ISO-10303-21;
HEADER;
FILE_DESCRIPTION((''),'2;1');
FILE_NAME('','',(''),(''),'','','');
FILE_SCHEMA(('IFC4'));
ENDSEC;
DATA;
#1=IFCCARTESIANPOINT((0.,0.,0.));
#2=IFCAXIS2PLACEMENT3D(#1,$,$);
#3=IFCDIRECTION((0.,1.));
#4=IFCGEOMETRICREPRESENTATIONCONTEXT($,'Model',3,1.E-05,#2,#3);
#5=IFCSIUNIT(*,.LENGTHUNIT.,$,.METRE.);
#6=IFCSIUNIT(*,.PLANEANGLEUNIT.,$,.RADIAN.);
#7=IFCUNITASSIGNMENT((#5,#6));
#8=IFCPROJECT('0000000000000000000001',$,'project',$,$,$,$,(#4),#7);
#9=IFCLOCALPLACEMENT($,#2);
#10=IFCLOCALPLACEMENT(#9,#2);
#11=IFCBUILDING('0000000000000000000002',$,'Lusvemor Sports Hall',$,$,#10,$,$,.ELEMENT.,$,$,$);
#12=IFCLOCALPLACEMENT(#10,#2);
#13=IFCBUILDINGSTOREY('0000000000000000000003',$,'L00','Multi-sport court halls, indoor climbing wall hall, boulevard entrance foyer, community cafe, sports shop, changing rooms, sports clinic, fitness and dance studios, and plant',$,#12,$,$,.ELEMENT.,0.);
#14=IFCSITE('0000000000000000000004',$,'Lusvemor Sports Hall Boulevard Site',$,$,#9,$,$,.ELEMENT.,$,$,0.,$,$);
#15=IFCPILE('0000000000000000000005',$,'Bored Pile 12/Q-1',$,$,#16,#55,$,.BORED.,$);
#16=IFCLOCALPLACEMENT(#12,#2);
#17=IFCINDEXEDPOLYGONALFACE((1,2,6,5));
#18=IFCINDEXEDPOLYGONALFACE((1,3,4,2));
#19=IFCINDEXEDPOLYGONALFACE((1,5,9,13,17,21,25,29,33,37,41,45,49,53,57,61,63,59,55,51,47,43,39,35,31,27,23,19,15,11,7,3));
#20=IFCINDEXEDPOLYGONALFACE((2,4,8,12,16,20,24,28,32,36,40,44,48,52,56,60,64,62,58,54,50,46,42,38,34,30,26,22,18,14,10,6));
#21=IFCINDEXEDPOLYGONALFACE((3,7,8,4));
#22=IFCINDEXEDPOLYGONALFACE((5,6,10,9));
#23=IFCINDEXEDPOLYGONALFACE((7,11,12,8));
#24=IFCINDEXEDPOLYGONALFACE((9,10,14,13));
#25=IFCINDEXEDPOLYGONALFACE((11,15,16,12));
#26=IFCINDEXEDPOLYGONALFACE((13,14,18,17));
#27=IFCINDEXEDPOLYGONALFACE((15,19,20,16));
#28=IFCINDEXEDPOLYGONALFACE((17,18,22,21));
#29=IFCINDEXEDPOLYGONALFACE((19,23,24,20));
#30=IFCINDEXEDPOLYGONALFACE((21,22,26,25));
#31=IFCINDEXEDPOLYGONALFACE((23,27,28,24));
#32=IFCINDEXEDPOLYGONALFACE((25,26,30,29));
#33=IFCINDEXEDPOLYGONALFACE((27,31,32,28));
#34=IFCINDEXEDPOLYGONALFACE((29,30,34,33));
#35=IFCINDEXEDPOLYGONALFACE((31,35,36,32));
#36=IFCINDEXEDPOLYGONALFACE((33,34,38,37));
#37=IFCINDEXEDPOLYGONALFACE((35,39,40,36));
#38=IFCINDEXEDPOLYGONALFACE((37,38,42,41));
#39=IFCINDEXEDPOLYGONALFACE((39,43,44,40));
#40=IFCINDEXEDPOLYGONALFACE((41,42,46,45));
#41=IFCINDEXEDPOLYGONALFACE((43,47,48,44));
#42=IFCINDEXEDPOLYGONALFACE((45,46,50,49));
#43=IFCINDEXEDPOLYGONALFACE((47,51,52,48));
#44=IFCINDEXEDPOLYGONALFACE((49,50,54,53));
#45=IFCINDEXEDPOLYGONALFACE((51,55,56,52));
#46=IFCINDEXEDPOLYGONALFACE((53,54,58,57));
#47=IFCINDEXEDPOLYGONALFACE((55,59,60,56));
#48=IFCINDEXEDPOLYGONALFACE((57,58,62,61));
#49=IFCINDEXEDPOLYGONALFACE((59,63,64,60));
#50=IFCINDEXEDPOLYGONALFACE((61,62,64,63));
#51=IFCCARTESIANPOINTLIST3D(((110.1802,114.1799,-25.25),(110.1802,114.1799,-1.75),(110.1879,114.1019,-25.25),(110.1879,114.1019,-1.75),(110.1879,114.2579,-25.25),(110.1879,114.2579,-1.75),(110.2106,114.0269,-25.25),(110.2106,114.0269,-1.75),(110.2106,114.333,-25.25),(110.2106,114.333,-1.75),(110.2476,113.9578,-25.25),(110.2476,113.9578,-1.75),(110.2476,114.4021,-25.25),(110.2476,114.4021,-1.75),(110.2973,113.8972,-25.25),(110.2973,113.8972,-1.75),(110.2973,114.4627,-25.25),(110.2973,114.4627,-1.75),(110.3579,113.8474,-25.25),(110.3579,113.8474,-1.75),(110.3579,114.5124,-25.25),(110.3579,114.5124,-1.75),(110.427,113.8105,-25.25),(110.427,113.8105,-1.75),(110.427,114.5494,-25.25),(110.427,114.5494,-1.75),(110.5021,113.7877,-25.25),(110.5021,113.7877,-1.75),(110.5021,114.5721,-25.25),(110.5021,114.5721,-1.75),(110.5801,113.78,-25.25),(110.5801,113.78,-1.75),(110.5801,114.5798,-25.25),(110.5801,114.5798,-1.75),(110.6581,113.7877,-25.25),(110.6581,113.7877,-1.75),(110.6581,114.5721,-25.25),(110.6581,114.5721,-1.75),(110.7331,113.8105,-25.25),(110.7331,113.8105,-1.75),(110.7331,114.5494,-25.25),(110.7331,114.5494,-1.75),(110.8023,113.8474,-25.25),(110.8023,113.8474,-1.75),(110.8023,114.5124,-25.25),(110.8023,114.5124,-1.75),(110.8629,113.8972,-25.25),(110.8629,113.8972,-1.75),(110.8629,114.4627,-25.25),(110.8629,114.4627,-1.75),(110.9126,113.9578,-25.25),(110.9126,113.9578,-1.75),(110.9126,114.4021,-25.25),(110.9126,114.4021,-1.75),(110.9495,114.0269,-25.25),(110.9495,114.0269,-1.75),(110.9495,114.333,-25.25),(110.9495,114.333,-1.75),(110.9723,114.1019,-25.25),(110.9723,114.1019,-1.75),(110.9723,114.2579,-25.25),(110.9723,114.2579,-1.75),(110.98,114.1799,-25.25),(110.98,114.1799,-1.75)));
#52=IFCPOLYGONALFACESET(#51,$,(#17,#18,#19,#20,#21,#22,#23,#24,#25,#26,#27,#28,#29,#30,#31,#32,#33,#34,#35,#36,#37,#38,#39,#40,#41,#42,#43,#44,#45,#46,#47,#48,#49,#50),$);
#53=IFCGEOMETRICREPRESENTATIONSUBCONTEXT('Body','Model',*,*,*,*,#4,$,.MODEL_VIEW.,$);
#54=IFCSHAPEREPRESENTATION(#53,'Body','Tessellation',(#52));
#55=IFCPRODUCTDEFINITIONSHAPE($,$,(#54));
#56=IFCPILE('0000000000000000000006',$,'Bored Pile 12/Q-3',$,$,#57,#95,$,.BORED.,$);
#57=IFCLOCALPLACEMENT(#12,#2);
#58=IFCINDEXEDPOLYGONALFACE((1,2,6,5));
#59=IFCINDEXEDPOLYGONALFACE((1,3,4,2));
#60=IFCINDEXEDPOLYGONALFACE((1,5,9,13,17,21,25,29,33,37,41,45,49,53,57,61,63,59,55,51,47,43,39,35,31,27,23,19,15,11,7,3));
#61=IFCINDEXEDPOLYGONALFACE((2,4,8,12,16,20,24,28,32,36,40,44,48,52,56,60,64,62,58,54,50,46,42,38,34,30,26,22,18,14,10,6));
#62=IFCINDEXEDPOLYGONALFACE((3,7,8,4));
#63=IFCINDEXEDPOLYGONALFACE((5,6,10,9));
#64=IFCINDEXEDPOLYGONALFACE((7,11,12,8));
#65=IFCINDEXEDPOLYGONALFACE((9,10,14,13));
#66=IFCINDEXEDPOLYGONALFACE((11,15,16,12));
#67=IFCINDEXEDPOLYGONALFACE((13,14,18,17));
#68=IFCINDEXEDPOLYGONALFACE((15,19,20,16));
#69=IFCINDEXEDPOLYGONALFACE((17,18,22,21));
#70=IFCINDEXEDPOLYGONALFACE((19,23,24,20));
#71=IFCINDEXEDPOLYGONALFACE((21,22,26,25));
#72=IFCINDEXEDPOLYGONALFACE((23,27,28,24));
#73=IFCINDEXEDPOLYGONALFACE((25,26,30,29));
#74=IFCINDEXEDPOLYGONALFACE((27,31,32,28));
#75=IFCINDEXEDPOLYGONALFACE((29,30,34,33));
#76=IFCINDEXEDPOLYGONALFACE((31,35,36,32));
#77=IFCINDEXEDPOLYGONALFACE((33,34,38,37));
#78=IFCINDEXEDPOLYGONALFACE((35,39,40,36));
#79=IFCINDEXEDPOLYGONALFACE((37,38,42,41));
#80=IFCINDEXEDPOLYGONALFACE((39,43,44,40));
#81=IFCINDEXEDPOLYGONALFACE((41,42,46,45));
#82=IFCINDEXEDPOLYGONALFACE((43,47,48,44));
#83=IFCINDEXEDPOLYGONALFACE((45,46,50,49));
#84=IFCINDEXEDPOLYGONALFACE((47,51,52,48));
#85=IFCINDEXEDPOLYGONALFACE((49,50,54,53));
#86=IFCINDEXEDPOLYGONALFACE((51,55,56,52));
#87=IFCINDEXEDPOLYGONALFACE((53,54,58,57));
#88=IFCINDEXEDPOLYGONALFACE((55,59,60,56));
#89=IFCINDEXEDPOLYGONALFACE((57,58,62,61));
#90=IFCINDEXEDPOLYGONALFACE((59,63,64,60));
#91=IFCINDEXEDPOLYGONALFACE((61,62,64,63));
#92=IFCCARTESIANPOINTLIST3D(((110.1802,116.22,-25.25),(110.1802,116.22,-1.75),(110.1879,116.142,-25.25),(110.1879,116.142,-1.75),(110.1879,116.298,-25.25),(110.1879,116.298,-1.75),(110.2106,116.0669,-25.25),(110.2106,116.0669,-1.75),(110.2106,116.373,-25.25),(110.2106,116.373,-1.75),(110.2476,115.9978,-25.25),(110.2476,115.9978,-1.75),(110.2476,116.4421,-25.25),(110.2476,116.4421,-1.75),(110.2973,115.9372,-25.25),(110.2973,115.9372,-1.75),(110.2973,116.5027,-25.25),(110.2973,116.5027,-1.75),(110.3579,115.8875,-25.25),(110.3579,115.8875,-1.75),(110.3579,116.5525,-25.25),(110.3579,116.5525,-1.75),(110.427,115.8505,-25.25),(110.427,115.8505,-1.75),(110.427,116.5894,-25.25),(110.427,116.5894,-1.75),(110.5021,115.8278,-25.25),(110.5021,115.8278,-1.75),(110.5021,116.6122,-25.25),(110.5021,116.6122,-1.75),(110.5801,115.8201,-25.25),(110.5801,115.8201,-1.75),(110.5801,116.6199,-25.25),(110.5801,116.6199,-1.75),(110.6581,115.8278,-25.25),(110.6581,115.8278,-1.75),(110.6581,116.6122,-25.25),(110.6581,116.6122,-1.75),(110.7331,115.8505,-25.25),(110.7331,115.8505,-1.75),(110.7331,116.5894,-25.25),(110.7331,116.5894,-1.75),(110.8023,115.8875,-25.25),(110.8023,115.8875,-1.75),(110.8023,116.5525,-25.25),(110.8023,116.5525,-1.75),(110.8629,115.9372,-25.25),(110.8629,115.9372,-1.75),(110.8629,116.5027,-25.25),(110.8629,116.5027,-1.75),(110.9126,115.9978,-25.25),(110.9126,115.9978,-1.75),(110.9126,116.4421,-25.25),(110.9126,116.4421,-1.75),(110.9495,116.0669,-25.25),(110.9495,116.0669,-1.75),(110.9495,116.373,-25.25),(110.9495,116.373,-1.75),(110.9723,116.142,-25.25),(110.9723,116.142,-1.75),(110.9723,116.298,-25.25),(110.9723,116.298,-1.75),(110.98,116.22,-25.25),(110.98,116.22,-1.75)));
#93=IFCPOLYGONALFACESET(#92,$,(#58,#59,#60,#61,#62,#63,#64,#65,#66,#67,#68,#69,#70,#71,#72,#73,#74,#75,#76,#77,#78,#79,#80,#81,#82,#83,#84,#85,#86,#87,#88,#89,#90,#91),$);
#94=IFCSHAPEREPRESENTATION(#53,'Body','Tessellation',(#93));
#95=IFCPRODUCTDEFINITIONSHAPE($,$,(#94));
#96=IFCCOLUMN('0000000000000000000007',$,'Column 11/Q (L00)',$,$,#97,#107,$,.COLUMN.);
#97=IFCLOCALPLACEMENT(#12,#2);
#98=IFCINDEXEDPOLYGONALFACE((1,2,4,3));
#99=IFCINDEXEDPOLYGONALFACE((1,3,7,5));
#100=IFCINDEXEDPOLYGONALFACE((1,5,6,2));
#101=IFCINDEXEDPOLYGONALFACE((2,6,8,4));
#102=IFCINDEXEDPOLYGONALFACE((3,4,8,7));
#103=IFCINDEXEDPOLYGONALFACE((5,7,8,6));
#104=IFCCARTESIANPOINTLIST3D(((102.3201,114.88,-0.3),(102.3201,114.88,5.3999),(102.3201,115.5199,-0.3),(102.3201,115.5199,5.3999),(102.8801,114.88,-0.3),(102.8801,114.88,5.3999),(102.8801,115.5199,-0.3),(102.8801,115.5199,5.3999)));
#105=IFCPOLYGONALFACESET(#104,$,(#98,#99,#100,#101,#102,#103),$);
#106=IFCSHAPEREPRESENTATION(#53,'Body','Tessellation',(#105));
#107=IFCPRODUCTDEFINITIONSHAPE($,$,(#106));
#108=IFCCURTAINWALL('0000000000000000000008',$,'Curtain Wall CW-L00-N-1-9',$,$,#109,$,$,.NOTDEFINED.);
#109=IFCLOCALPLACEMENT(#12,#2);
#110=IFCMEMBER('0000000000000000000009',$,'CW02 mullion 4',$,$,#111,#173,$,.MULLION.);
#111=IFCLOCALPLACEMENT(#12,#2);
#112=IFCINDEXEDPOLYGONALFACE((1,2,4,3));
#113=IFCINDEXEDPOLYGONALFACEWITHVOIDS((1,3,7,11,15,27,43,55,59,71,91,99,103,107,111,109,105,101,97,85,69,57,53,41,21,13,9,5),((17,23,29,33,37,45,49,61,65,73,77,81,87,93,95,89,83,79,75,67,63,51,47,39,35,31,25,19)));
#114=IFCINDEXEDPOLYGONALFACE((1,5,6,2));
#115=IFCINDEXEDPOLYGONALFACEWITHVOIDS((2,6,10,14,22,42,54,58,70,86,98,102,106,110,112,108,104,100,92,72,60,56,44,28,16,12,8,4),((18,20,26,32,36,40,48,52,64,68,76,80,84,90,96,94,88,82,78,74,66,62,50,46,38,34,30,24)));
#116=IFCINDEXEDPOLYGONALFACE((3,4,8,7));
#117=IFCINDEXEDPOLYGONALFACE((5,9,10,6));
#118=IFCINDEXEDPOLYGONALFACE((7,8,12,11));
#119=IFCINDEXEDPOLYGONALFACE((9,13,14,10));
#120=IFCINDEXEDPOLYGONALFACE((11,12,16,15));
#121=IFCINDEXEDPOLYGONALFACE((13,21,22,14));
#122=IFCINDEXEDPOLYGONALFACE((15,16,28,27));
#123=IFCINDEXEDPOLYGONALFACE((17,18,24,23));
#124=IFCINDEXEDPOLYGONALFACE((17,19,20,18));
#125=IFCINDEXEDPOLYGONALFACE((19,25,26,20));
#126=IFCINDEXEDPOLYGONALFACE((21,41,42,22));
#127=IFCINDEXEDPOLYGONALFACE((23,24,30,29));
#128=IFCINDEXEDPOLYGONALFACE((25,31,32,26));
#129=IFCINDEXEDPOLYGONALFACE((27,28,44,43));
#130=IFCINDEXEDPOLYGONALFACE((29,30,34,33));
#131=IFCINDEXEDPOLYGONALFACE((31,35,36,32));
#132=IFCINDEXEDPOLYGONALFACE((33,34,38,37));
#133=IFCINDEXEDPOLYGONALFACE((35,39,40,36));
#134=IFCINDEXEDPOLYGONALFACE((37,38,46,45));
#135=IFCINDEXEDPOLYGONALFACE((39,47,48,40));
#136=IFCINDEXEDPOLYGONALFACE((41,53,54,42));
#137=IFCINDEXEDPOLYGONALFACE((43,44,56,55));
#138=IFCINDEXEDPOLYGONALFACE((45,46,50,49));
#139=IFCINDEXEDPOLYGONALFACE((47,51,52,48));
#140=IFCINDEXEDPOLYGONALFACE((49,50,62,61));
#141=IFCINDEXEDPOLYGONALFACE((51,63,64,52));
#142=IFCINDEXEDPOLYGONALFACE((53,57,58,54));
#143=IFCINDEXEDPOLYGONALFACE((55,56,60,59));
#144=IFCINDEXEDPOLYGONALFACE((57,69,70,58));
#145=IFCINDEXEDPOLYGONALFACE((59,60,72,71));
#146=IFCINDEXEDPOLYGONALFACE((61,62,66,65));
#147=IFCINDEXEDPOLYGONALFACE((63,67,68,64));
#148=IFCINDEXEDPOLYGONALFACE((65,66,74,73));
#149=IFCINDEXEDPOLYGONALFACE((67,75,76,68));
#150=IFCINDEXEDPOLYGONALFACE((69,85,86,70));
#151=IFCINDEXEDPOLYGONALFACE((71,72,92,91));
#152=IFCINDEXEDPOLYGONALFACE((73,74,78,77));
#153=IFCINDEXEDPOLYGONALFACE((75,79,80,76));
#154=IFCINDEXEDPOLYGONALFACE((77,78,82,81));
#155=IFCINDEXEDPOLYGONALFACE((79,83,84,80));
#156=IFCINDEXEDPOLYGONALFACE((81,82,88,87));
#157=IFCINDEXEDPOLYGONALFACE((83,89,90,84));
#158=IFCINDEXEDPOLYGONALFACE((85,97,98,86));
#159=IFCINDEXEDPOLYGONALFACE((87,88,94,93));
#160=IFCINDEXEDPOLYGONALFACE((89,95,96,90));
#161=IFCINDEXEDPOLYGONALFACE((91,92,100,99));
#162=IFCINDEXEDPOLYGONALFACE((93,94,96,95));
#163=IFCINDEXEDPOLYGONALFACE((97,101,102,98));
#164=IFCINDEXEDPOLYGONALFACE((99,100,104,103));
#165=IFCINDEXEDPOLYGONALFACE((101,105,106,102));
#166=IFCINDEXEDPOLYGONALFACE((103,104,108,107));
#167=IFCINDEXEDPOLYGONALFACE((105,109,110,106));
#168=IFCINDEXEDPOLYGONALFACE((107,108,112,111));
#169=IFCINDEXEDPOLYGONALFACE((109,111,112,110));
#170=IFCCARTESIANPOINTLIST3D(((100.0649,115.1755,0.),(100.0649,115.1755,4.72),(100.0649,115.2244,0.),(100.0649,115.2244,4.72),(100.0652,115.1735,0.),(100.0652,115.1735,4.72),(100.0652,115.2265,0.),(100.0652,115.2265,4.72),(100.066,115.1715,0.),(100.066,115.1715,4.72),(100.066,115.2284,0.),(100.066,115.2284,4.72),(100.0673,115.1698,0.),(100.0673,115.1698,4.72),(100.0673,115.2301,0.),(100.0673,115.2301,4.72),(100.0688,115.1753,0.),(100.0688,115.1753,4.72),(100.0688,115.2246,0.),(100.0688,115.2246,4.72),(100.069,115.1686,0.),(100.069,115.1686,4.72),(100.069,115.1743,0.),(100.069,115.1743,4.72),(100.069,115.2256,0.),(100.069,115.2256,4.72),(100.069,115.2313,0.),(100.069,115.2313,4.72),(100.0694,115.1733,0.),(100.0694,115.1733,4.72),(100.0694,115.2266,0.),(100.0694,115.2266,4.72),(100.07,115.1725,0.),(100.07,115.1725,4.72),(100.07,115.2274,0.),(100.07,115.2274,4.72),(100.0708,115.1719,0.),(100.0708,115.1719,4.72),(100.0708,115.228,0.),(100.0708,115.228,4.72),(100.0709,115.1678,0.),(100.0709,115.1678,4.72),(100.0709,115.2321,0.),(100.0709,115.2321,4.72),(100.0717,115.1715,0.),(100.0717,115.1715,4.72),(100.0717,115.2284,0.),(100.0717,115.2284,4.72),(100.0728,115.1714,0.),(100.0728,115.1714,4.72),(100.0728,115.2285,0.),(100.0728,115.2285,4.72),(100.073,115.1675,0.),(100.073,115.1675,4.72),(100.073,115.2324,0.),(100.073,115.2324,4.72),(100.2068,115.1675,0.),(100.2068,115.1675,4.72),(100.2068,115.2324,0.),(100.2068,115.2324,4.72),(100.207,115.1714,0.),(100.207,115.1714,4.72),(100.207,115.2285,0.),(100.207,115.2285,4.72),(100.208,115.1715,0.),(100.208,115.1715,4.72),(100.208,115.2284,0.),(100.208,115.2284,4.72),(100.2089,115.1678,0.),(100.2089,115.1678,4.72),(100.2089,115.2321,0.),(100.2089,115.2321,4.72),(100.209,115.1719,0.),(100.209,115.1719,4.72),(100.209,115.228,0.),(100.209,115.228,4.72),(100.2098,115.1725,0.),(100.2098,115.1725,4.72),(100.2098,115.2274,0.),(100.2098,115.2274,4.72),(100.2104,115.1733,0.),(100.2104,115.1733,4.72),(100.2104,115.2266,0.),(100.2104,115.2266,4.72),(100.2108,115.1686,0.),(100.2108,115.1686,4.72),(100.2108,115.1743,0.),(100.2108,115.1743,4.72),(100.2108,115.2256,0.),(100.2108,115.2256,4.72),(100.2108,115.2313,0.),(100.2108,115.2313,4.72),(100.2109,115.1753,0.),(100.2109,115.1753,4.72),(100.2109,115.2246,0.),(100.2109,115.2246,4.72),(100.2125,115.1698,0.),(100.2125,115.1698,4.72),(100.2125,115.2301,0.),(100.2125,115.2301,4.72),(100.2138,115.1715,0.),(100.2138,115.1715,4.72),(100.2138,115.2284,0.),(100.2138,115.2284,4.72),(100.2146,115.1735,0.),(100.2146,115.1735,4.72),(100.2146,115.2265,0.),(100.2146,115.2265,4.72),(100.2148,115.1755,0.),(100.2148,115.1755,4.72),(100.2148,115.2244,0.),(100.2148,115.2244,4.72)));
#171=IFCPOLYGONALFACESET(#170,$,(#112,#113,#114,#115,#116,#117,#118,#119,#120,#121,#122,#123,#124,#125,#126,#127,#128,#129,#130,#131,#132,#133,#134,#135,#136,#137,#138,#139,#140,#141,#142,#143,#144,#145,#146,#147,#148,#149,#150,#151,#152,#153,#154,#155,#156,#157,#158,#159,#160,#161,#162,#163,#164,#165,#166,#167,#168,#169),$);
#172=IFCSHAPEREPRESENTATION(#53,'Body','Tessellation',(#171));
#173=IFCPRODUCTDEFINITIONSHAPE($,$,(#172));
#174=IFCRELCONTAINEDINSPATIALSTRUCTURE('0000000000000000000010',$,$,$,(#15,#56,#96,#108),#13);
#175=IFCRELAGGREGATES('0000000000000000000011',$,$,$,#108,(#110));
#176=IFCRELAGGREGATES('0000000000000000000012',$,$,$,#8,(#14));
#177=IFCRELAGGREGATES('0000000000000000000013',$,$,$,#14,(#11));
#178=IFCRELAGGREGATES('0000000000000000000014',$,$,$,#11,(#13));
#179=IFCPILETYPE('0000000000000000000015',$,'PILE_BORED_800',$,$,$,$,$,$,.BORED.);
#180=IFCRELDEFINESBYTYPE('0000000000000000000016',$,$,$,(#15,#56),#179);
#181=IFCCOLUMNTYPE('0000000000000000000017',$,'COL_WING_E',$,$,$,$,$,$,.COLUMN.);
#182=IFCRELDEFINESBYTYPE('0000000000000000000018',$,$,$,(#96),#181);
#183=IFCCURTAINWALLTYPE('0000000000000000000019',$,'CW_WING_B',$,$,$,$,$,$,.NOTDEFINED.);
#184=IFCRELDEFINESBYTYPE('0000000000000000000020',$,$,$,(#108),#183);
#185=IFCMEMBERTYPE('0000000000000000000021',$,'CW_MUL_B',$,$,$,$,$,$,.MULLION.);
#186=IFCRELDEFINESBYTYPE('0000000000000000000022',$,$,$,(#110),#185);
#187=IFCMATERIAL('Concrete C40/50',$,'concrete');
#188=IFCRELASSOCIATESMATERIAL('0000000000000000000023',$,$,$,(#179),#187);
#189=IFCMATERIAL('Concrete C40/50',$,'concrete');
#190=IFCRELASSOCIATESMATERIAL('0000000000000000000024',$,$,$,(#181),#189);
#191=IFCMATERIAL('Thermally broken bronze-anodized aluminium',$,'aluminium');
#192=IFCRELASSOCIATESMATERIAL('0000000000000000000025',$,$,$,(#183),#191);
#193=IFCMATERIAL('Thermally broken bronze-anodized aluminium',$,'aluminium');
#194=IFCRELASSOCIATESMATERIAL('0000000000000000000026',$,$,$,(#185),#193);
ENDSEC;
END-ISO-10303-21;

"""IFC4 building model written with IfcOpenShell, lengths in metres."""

from ifc_helpers import new_model, si_unit, direction, frame, origin, origin_2d, place, context, subcontext, project, spatial, rectangle, hollow_rectangle, circle, extrude, material, material_profile, profile_set, type_object, element, aggregate, save


model = new_model("IFC4")

# Units and contexts
model_context = context("Model", 3, precision=1e-05, world=origin(), true_north=direction((0.0, 1.0)))
body_context = subcontext(model_context, "Body", "Model", "MODEL_VIEW")
ifc_project = project(units=[si_unit("LENGTHUNIT", "METRE"), si_unit("PLANEANGLEUNIT", "RADIAN")], contexts=[model_context])

# Site, building, storey
site_placement = place(None, origin())
site = spatial("IfcSite", under=ifc_project, at=site_placement, Name="Lusvemor Sports Hall Boulevard Site", CompositionType="ELEMENT", RefElevation=0.0)
building_placement = place(site_placement, origin())
building = spatial("IfcBuilding", under=site, at=building_placement, Name="Lusvemor Sports Hall", CompositionType="ELEMENT")
storey_placement = place(building_placement, origin())
storey = spatial("IfcBuildingStorey", under=building, at=storey_placement, Name="L00", Description="Multi-sport court halls, indoor climbing wall hall, boulevard entrance foyer, community cafe, sports shop, changing rooms, sports clinic, fitness and dance studios, and plant", CompositionType="ELEMENT", Elevation=0.0)

# Piles
ifc_material_1 = material(Name="Concrete C40/50", Category="concrete")
ifc_material_profile_1 = material_profile(ifc_material_1, circle(Radius=0.3999, at=origin_2d()), Name="PILE800")
ifc_profile_set_1 = profile_set([ifc_material_profile_1], Name="Concrete C40/50")
pile_type = type_object("IfcPileType", Name="PILE_BORED_800", PredefinedType="BORED", material=ifc_profile_set_1)
for number, where, z_axis, x_axis, name in (
    (1, (110.5801, 114.1799, -1.75), (0.0, 0.0, -1.0), (1.0, 0.0, 0.0), "Bored Pile 12/Q-1"),
    (2, (110.5801, 116.22, -1.75), (0.0, 0.0, -1.0), (1.0, 0.0, 0.0), "Bored Pile 12/Q-3"),
):
    element("IfcPile", number, at=place(storey_placement, frame(where, z_axis=z_axis, x_axis=x_axis)), inside=storey, type_object=pile_type, Name=name, PredefinedType="BORED", context=body_context, shape_type="SweptSolid", body=[
        extrude(circle(Radius=0.3999, at=origin_2d()), origin(), (0.0, 0.0, 1.0), 23.5),
    ])

# Column
ifc_material_2 = material(Name="Concrete C40/50", Category="concrete")
ifc_material_profile_2 = material_profile(ifc_material_2, rectangle(XDim=0.5601, YDim=0.6399, at=origin_2d()), Name="RC560x640")
ifc_profile_set_2 = profile_set([ifc_material_profile_2], Name="Concrete C40/50")
column_type = type_object("IfcColumnType", Name="COL_WING_E", PredefinedType="COLUMN", material=ifc_profile_set_2)
column_placement = place(storey_placement, frame((102.6001, 115.2, -0.3), z_axis=(0.0, 0.0, 1.0), x_axis=(1.0, 0.0, 0.0)))
element("IfcColumn", 3, at=column_placement, inside=storey, type_object=column_type, Name="Column 11/Q (L00)", PredefinedType="COLUMN", context=body_context, shape_type="SweptSolid", body=[
    extrude(rectangle(XDim=0.5601, YDim=0.6399, at=origin_2d()), origin(), (0.0, 0.0, 1.0), 5.7),
])

# Curtain wall, member
ifc_material_3 = material(Name="Thermally broken bronze-anodized aluminium", Category="aluminium")
curtain_wall_type = type_object("IfcCurtainWallType", Name="CW_WING_B", PredefinedType="NOTDEFINED", material=ifc_material_3)
curtain_wall_placement = place(storey_placement, origin())
curtain_wall = element("IfcCurtainWall", 4, at=curtain_wall_placement, inside=storey, type_object=curtain_wall_type, Name="Curtain Wall CW-L00-N-1-9", PredefinedType="NOTDEFINED")
ifc_material_4 = material(Name="Thermally broken bronze-anodized aluminium", Category="aluminium")
ifc_material_profile_3 = material_profile(ifc_material_4, hollow_rectangle(XDim=0.0649, YDim=0.1499, WallThickness=0.0039, InnerFilletRadius=0.0039, OuterFilletRadius=0.0081, at=origin_2d()), Name="CWMUL150x65x4")
ifc_profile_set_3 = profile_set([ifc_material_profile_3], Name="Thermally broken bronze-anodized aluminium")
member_type_1 = type_object("IfcMemberType", Name="CW_MUL_B", PredefinedType="MULLION", material=ifc_profile_set_3)
member_1_placement = place(storey_placement, frame((100.1399, 115.2, 0.0), z_axis=(0.0, 0.0, 1.0), x_axis=(0.0, 1.0, 0.0)))
member_1 = element("IfcMember", 5, at=member_1_placement, type_object=member_type_1, Name="CW02 mullion 4", PredefinedType="MULLION", context=body_context, shape_type="SweptSolid", body=[
    extrude(hollow_rectangle(XDim=0.0649, YDim=0.1499, WallThickness=0.0039, InnerFilletRadius=0.0039, OuterFilletRadius=0.0081, at=origin_2d()), origin(), (0.0, 0.0, 1.0), 4.72),
])
aggregate(curtain_wall, [member_1])

save(model, "model.ifc")
